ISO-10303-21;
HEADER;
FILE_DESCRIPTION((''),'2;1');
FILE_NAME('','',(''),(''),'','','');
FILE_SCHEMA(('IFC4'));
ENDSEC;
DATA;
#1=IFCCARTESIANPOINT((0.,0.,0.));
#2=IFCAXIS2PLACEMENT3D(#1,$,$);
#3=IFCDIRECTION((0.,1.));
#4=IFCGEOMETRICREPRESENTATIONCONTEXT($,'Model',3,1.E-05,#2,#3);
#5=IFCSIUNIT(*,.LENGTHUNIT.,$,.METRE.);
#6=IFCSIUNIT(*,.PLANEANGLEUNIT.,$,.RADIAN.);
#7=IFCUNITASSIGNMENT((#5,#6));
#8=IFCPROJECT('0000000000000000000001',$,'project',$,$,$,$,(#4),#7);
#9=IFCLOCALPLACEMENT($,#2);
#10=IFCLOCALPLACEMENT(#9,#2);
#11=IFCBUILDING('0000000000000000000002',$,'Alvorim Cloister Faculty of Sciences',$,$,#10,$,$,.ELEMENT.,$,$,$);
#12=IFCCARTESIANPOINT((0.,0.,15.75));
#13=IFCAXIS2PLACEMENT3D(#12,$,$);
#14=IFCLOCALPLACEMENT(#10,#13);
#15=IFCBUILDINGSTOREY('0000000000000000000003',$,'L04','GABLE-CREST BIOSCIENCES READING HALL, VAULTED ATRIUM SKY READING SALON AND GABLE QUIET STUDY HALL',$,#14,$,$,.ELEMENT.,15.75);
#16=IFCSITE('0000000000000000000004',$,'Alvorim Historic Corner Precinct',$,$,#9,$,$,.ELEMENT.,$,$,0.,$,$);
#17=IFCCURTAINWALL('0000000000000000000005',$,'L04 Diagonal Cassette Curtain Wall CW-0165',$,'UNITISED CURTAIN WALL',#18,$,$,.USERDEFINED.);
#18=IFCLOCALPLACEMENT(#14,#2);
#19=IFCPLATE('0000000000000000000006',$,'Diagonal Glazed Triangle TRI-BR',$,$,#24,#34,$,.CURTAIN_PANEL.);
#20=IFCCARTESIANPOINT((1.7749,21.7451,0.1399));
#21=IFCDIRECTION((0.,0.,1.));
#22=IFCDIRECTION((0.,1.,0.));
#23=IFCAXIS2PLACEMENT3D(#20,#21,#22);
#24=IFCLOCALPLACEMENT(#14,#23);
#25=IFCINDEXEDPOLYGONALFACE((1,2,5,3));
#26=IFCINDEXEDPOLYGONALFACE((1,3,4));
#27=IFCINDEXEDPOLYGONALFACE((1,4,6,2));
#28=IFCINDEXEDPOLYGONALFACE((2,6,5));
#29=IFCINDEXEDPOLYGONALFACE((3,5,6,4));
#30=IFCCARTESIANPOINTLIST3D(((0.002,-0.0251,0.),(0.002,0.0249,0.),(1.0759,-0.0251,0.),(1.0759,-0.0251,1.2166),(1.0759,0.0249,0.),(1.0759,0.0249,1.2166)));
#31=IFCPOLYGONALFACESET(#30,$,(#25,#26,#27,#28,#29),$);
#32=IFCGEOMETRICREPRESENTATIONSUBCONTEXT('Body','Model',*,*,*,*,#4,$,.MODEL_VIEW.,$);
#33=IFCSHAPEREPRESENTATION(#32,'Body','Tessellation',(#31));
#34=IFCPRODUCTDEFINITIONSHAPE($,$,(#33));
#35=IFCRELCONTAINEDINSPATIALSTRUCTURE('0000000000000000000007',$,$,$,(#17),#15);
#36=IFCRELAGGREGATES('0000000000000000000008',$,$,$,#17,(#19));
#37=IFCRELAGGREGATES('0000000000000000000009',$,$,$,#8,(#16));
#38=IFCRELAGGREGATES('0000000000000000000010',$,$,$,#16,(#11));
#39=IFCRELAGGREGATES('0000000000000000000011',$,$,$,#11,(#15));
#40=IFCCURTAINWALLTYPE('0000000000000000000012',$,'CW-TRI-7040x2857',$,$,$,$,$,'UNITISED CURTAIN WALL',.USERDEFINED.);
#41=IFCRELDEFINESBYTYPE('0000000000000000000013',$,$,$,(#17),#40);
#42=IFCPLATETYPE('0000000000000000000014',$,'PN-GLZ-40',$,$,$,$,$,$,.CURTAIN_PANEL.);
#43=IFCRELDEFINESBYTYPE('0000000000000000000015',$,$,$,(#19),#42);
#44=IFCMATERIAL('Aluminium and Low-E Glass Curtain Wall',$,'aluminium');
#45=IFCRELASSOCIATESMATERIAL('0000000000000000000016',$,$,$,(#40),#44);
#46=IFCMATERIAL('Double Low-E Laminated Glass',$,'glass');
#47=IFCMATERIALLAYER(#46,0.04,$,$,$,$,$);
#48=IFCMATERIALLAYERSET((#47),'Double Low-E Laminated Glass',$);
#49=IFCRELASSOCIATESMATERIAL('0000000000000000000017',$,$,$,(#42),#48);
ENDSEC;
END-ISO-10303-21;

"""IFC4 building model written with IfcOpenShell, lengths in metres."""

from ifc_helpers import new_model, si_unit, direction, frame, origin, place, context, subcontext, project, spatial, polyline, outline, extrude, material, layer, layer_set, type_object, element, aggregate, save


model = new_model("IFC4")

# Units and contexts
model_context = context("Model", 3, precision=1e-05, world=origin(), true_north=direction((0.0, 1.0)))
body_context = subcontext(model_context, "Body", "Model", "MODEL_VIEW")
ifc_project = project(units=[si_unit("LENGTHUNIT", "METRE"), si_unit("PLANEANGLEUNIT", "RADIAN")], contexts=[model_context])

# Site, building, storey
site_placement = place(None, origin())
site = spatial("IfcSite", under=ifc_project, at=site_placement, Name="Alvorim Historic Corner Precinct", CompositionType="ELEMENT", RefElevation=0.0)
building_placement = place(site_placement, origin())
building = spatial("IfcBuilding", under=site, at=building_placement, Name="Alvorim Cloister Faculty of Sciences", CompositionType="ELEMENT")
storey_placement = place(building_placement, frame((0.0, 0.0, 15.75)))
storey = spatial("IfcBuildingStorey", under=building, at=storey_placement, Name="L04", Description="GABLE-CREST BIOSCIENCES READING HALL, VAULTED ATRIUM SKY READING SALON AND GABLE QUIET STUDY HALL", CompositionType="ELEMENT", Elevation=15.75)

# Curtain wall, plate
ifc_material_1 = material(Name="Aluminium and Low-E Glass Curtain Wall", Category="aluminium")
curtain_wall_type = type_object("IfcCurtainWallType", Name="CW-TRI-7040x2857", ElementType="UNITISED CURTAIN WALL", PredefinedType="USERDEFINED", material=ifc_material_1)
curtain_wall_placement = place(storey_placement, origin())
curtain_wall = element("IfcCurtainWall", 1, at=curtain_wall_placement, inside=storey, type_object=curtain_wall_type, Name="L04 Diagonal Cassette Curtain Wall CW-0165", ObjectType="UNITISED CURTAIN WALL", PredefinedType="USERDEFINED")
ifc_material_2 = material(Name="Double Low-E Laminated Glass", Category="glass")
ifc_layer_1 = layer(ifc_material_2, 0.04)
ifc_layer_set_1 = layer_set([ifc_layer_1], Name="Double Low-E Laminated Glass")
plate_type = type_object("IfcPlateType", Name="PN-GLZ-40", PredefinedType="CURTAIN_PANEL", material=ifc_layer_set_1)
plate_1_placement = place(storey_placement, frame((1.7749, 21.7451, 0.1399), z_axis=(0.0, 0.0, 1.0), x_axis=(0.0, 1.0, 0.0)))
plate_1 = element("IfcPlate", 2, at=plate_1_placement, type_object=plate_type, Name="Diagonal Glazed Triangle TRI-BR", PredefinedType="CURTAIN_PANEL", context=body_context, shape_type="SweptSolid", body=[
    extrude(outline(polyline([(0.002, 0.0), (1.0759, 0.0), (1.0759, 1.2166), (0.002, 0.0)])), frame((0.0, 0.0249, 0.0), z_axis=(0.0, -1.0, 0.0), x_axis=(1.0, 0.0, 0.0)), (0.0, 0.0, 1.0), 0.05),
])
aggregate(curtain_wall, [plate_1])

save(model, "model.ifc")
